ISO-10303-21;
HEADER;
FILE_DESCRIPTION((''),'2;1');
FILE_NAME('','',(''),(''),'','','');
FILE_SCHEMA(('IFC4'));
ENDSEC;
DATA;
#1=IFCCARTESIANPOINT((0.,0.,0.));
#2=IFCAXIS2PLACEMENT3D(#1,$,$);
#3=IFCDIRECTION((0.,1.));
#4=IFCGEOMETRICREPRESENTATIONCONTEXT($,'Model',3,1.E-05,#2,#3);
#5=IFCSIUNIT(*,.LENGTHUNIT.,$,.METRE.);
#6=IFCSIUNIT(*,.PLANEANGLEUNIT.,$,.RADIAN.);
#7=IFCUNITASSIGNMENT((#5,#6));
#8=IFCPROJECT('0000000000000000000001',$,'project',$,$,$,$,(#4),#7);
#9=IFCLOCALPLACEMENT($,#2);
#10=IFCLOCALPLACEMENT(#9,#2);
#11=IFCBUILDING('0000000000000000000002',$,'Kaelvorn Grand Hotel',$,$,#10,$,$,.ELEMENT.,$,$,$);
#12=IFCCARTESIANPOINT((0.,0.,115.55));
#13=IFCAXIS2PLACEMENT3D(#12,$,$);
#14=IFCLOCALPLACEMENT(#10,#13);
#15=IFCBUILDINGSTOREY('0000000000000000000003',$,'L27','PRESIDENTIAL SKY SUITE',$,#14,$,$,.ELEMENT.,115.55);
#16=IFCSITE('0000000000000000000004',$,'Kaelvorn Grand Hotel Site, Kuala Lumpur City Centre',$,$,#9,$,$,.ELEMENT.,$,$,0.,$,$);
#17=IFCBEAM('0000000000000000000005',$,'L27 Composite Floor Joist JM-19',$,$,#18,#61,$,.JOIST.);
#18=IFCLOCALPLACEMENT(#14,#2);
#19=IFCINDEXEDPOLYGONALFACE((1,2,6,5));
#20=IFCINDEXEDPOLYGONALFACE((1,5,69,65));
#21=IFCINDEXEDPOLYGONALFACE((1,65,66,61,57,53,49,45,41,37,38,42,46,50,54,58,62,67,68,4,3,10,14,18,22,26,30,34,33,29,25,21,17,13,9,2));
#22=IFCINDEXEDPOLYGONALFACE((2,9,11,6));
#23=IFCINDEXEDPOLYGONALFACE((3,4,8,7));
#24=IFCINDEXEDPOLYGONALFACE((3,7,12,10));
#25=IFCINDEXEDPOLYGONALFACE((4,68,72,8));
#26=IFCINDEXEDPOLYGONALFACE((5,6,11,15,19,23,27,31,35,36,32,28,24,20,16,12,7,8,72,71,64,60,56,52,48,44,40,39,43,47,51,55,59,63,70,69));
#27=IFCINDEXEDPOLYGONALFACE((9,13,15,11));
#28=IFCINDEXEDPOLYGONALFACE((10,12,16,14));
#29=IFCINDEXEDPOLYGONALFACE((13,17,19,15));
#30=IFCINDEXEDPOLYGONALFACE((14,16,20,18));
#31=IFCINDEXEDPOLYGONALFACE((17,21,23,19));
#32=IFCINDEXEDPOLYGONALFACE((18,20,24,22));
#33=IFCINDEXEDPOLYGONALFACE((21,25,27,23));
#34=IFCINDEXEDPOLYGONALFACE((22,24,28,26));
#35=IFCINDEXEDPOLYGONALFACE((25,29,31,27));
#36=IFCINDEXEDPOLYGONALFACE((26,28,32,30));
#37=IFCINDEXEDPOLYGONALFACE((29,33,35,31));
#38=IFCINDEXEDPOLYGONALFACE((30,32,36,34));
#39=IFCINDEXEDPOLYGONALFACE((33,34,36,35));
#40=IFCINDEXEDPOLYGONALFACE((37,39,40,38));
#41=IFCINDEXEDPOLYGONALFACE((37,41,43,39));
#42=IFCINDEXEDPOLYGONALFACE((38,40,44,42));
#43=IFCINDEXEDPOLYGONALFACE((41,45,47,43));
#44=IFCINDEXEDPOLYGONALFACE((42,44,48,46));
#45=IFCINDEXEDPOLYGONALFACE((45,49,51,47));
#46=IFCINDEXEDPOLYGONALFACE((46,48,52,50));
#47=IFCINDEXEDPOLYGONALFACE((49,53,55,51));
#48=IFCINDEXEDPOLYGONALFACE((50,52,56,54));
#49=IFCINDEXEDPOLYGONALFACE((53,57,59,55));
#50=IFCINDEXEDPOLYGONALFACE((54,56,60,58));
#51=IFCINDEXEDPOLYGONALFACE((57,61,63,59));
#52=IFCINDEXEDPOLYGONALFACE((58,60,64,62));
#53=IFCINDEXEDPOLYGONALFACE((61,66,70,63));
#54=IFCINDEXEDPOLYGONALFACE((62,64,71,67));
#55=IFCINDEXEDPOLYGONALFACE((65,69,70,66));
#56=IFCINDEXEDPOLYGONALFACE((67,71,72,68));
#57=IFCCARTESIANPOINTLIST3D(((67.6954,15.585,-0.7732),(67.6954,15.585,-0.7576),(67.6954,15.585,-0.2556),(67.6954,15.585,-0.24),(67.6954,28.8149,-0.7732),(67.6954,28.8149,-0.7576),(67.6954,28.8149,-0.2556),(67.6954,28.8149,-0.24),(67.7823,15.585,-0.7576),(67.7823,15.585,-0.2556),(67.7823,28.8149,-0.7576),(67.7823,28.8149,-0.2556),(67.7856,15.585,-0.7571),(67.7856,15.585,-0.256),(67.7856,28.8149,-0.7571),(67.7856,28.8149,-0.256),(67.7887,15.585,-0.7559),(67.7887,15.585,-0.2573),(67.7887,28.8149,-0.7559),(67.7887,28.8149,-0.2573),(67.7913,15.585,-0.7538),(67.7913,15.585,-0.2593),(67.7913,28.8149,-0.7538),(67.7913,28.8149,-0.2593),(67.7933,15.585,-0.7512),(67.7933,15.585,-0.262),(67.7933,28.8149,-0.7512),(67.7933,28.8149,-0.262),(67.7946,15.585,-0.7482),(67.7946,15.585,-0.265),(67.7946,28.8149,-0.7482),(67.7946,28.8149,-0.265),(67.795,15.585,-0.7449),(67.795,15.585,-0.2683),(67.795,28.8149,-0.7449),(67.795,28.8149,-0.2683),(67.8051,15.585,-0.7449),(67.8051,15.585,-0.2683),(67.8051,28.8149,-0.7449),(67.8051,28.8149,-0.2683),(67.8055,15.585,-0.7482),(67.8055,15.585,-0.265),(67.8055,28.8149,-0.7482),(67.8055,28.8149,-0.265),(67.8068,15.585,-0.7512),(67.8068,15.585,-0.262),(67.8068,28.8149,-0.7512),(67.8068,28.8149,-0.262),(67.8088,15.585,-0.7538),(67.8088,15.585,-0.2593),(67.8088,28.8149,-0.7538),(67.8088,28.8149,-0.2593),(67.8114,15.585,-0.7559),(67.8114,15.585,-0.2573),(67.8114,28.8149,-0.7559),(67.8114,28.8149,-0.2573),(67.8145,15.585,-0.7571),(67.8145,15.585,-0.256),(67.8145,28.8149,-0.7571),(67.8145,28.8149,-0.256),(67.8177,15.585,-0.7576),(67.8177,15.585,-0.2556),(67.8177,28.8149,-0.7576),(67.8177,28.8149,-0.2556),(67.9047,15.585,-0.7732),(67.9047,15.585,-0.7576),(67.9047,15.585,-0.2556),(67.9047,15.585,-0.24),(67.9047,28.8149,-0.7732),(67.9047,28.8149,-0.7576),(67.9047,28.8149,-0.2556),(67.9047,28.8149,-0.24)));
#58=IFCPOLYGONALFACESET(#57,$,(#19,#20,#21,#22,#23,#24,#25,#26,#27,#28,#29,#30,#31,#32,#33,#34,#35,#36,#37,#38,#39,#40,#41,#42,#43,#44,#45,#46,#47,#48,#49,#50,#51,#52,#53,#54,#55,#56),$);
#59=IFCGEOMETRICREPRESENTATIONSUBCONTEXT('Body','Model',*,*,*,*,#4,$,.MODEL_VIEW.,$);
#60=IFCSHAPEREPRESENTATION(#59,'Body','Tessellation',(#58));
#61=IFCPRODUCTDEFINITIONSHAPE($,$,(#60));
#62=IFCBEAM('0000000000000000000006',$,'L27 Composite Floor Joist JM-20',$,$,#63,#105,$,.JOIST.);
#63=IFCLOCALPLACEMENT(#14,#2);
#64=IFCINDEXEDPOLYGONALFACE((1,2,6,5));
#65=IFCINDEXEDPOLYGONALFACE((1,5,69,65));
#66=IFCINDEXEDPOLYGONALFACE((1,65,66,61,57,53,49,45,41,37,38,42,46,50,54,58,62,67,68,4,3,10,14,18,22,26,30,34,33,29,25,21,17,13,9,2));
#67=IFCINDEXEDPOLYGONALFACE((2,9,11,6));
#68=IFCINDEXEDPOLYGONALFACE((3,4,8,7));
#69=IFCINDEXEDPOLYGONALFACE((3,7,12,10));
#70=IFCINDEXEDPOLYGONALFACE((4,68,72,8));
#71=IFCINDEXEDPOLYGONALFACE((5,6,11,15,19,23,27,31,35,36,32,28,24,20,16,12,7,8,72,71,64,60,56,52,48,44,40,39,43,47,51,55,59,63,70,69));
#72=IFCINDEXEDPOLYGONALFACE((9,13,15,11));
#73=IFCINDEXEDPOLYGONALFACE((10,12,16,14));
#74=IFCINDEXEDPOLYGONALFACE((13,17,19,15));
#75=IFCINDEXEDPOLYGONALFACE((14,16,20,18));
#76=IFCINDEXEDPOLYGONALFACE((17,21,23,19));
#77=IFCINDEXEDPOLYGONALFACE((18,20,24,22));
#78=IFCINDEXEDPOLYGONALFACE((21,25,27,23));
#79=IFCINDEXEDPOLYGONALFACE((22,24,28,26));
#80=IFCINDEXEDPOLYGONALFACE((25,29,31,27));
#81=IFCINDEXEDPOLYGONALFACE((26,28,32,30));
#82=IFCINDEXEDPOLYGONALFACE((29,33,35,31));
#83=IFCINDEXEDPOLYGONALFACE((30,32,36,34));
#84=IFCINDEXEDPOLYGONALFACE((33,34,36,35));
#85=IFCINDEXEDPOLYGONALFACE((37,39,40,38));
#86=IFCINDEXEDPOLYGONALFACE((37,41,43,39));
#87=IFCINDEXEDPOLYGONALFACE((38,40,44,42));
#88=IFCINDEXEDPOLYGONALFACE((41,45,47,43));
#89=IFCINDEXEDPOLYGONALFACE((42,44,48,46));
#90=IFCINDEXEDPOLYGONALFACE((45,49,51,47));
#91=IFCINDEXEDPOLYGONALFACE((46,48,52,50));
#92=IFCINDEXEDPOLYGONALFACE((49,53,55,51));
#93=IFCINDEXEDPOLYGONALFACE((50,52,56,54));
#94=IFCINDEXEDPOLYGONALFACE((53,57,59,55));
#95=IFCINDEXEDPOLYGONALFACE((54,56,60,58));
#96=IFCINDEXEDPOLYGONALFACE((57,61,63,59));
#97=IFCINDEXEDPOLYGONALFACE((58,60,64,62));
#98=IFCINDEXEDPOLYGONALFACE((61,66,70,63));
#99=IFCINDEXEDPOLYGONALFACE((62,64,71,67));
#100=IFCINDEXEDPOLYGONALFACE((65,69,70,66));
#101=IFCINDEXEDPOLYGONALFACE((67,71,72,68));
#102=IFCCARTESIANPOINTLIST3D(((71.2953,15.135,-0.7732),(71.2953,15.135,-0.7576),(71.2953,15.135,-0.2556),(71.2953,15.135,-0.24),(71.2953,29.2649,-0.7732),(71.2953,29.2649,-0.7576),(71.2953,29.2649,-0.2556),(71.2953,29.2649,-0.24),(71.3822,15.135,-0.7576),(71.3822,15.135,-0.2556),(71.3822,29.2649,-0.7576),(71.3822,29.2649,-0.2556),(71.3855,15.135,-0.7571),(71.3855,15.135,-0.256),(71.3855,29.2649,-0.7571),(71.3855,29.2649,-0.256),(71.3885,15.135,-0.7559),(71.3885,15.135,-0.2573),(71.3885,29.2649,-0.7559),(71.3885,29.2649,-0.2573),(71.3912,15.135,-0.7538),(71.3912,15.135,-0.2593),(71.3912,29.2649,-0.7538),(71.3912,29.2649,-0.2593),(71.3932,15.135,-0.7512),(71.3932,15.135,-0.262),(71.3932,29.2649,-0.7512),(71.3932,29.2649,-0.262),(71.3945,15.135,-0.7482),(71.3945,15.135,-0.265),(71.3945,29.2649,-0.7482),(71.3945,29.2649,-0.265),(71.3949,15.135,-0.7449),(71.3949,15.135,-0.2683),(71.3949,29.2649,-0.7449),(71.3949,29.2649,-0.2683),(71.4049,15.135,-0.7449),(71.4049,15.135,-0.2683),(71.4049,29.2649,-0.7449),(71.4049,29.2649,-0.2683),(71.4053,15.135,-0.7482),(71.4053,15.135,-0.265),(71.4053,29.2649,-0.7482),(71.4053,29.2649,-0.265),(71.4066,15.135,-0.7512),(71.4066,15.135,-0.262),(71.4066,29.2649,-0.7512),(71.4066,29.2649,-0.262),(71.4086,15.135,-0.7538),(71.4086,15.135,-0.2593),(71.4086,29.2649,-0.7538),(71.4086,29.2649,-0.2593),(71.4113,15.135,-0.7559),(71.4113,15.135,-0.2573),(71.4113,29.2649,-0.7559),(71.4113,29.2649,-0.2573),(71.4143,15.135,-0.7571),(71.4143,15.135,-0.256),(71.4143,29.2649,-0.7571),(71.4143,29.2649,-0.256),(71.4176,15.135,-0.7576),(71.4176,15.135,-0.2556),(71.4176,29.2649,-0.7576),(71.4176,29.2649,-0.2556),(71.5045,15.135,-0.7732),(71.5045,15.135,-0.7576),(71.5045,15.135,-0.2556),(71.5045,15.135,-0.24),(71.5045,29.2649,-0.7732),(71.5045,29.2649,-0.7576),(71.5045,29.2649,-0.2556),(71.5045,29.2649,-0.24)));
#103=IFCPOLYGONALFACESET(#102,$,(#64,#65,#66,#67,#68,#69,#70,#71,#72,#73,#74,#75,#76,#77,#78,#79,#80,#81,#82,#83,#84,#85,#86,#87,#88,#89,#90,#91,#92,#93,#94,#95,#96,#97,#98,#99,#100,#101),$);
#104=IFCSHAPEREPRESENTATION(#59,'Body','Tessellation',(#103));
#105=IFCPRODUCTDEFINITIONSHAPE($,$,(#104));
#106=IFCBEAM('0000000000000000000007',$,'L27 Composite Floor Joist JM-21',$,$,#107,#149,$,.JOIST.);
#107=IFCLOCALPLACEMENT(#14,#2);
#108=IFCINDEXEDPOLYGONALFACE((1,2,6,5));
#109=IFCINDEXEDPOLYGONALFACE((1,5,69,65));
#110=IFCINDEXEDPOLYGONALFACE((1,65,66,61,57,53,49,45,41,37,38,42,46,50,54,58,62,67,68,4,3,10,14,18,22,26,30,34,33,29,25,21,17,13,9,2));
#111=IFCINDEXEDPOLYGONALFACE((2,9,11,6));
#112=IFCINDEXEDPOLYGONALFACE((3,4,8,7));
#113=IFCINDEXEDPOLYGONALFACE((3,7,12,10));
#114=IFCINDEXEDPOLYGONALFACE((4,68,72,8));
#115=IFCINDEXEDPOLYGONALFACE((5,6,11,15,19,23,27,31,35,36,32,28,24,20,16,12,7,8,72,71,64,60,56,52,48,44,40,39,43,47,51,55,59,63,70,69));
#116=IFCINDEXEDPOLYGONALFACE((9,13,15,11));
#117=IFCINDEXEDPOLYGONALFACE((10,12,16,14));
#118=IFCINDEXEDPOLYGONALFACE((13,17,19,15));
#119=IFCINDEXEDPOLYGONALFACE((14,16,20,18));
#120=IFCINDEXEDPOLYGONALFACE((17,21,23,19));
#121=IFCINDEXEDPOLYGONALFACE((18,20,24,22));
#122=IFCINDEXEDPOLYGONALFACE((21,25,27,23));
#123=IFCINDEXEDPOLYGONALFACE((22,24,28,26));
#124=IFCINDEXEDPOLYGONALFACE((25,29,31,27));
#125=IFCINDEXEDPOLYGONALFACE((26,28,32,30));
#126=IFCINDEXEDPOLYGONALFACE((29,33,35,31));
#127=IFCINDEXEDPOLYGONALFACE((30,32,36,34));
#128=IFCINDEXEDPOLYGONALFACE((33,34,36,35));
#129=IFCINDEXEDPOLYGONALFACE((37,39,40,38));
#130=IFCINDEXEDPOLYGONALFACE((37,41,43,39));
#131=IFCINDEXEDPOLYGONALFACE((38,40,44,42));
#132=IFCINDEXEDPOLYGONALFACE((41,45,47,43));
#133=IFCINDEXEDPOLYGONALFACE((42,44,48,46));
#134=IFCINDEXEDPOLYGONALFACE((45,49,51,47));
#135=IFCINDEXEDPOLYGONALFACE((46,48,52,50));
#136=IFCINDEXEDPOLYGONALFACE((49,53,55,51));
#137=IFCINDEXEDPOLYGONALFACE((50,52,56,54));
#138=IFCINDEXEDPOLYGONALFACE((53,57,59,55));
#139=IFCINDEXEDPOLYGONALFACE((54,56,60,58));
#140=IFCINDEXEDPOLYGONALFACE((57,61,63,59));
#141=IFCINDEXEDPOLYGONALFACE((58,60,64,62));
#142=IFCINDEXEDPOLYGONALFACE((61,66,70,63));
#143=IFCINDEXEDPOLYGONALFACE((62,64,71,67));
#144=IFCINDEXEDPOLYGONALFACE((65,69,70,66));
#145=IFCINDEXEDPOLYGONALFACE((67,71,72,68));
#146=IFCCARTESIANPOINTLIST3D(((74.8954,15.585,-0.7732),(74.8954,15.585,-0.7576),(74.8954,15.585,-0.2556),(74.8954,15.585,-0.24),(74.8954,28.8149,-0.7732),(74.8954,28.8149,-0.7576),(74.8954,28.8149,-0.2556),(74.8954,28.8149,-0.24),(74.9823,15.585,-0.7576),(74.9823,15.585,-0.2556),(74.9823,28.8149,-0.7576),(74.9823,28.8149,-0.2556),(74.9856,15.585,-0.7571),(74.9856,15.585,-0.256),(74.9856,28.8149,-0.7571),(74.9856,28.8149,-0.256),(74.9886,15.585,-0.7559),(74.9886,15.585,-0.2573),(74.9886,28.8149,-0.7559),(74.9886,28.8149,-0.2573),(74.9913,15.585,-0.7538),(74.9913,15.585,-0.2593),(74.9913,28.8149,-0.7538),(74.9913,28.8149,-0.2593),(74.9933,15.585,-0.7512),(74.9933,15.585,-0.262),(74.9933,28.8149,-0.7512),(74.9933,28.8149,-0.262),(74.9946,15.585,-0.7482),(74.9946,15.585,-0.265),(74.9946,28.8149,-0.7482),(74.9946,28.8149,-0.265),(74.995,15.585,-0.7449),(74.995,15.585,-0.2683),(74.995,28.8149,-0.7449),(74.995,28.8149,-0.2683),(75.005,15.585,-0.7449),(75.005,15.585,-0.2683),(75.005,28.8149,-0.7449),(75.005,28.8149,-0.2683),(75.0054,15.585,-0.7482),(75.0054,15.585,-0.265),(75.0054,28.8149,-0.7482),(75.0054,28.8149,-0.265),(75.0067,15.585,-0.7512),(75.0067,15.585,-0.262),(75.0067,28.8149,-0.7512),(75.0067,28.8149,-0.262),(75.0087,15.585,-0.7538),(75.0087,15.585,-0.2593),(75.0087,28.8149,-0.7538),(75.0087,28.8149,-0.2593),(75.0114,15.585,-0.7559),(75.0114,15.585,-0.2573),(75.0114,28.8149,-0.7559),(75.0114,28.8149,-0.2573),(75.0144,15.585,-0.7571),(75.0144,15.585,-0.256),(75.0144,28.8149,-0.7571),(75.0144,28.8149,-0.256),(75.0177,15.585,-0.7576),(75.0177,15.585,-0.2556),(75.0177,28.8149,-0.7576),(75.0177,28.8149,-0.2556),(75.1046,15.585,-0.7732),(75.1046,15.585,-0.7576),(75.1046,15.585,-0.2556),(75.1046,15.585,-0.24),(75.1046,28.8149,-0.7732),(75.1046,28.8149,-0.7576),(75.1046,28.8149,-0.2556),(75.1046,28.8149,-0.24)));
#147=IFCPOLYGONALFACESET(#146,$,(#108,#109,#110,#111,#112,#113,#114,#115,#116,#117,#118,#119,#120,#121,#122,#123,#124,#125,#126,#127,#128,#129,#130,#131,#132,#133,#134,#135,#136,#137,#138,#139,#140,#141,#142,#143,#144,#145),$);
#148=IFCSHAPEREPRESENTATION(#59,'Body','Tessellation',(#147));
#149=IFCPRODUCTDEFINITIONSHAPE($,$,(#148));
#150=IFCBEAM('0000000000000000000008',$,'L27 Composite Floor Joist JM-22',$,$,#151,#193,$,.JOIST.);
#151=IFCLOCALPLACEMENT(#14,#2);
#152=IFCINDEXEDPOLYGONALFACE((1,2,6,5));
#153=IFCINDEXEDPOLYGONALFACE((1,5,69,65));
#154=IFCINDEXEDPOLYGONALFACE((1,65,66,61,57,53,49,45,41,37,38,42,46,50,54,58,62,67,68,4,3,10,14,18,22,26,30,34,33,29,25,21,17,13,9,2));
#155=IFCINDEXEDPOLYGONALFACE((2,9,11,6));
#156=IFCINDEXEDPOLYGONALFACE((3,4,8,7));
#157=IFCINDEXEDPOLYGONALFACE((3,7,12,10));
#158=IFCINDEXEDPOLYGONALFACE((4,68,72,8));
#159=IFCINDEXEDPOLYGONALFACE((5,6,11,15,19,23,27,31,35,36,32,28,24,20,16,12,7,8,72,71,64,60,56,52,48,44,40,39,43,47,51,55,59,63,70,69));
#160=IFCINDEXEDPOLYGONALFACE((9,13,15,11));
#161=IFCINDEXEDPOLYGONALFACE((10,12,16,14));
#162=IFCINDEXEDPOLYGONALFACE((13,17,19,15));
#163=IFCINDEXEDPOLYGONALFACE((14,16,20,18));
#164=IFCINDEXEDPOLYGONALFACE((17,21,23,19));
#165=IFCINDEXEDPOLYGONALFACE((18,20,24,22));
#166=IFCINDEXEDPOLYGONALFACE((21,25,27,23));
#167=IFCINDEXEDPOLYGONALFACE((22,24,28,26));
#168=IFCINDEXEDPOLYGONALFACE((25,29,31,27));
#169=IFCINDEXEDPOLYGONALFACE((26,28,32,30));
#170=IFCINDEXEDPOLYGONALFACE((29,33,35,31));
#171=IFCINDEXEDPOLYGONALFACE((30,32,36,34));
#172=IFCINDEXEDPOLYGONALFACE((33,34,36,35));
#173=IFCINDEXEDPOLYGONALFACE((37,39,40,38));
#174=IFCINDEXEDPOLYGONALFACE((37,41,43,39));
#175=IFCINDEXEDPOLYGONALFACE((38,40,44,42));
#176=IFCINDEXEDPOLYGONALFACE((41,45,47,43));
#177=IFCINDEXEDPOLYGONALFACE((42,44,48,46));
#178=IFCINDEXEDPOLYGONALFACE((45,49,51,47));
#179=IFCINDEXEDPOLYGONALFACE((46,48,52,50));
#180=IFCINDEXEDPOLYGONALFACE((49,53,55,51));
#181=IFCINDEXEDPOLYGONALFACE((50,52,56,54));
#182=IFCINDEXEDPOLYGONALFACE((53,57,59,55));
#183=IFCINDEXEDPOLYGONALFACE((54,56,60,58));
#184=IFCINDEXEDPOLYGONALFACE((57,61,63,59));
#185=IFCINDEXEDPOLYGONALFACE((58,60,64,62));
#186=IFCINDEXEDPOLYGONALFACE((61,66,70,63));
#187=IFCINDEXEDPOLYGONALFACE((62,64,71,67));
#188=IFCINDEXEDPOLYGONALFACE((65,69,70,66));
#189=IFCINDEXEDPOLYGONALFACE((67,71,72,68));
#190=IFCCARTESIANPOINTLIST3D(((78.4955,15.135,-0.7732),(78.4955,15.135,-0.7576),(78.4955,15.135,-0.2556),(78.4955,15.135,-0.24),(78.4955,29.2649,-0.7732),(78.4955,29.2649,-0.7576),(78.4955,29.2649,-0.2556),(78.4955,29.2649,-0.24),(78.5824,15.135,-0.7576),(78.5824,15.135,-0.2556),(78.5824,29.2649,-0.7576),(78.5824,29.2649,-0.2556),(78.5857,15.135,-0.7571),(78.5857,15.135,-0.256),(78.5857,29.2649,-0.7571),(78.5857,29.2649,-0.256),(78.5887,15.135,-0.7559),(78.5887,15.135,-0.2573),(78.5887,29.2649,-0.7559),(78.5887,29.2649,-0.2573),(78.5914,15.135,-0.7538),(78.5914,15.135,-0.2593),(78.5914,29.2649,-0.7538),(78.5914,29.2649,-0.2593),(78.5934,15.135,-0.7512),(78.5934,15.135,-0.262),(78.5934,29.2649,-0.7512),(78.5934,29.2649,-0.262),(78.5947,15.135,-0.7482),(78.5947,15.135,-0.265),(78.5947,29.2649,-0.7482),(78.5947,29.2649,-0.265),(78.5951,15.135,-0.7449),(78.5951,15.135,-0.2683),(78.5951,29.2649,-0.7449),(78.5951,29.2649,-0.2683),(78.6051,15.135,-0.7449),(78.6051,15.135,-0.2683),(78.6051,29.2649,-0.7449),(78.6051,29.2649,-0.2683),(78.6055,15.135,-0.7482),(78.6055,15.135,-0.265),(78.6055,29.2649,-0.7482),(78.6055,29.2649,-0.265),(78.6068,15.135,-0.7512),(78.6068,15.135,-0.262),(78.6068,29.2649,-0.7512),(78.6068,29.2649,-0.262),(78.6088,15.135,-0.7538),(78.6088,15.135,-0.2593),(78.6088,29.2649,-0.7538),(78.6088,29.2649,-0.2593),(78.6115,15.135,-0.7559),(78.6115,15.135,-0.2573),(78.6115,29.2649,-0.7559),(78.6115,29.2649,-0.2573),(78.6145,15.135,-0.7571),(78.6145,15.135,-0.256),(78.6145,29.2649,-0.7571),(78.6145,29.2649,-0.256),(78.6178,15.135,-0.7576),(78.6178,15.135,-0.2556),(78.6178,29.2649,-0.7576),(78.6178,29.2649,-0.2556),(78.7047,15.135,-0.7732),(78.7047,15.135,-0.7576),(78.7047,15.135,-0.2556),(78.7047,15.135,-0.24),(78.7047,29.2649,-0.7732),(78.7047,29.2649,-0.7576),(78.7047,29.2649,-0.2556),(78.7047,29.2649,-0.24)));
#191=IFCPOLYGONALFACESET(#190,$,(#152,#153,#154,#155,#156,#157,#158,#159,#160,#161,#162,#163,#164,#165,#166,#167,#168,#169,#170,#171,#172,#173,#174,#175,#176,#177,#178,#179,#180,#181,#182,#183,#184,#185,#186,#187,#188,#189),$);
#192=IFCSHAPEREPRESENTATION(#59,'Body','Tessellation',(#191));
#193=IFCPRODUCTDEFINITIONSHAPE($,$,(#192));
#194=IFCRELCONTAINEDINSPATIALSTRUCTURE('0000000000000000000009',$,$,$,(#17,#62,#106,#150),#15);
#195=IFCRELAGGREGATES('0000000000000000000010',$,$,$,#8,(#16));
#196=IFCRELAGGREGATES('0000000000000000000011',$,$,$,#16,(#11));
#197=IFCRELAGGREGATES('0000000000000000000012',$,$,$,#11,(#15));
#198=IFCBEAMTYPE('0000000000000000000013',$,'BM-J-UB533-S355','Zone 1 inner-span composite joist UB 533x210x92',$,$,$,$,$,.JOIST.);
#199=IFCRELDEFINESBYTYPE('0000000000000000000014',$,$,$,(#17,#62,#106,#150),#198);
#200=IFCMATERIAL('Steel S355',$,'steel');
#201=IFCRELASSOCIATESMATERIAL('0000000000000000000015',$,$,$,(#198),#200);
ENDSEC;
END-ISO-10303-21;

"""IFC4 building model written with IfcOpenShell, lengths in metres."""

from ifc_helpers import new_model, si_unit, direction, frame, origin, origin_2d, place, context, subcontext, project, spatial, i_section, extrude, material, material_profile, profile_set, type_object, element, save


model = new_model("IFC4")

# Units and contexts
model_context = context("Model", 3, precision=1e-05, world=origin(), true_north=direction((0.0, 1.0)))
body_context = subcontext(model_context, "Body", "Model", "MODEL_VIEW")
ifc_project = project(units=[si_unit("LENGTHUNIT", "METRE"), si_unit("PLANEANGLEUNIT", "RADIAN")], contexts=[model_context])

# Site, building, storey
site_placement = place(None, origin())
site = spatial("IfcSite", under=ifc_project, at=site_placement, Name="Kaelvorn Grand Hotel Site, Kuala Lumpur City Centre", CompositionType="ELEMENT", RefElevation=0.0)
building_placement = place(site_placement, origin())
building = spatial("IfcBuilding", under=site, at=building_placement, Name="Kaelvorn Grand Hotel", CompositionType="ELEMENT")
storey_placement = place(building_placement, frame((0.0, 0.0, 115.55)))
storey = spatial("IfcBuildingStorey", under=building, at=storey_placement, Name="L27", Description="PRESIDENTIAL SKY SUITE", CompositionType="ELEMENT", Elevation=115.55)

# Beams
ifc_material_1 = material(Name="Steel S355", Category="steel")
ifc_material_profile_1 = material_profile(ifc_material_1, i_section(OverallWidth=0.2092, OverallDepth=0.5332, WebThickness=0.01, FlangeThickness=0.0156, FilletRadius=0.0127, at=origin_2d()), Name="UB 533x210x92")
ifc_profile_set_1 = profile_set([ifc_material_profile_1], Name="Steel S355")
beam_type_1 = type_object("IfcBeamType", Name="BM-J-UB533-S355", Description="Zone 1 inner-span composite joist UB 533x210x92", PredefinedType="JOIST", material=ifc_profile_set_1)
beam_1_placement = place(storey_placement, frame((67.8, 15.585, -0.5066), z_axis=(0.0, 1.0, 0.0), x_axis=(-1.0, 0.0, 0.0)))
element("IfcBeam", 1, at=beam_1_placement, inside=storey, type_object=beam_type_1, Name="L27 Composite Floor Joist JM-19", PredefinedType="JOIST", context=body_context, shape_type="SweptSolid", body=[
    extrude(i_section(OverallWidth=0.2092, OverallDepth=0.5332, WebThickness=0.01, FlangeThickness=0.0156, FilletRadius=0.0127, at=origin_2d()), origin(), (0.0, 0.0, 1.0), 13.23),
])
beam_2_placement = place(storey_placement, frame((71.3999, 15.135, -0.5066), z_axis=(0.0, 1.0, 0.0), x_axis=(-1.0, 0.0, 0.0)))
element("IfcBeam", 2, at=beam_2_placement, inside=storey, type_object=beam_type_1, Name="L27 Composite Floor Joist JM-20", PredefinedType="JOIST", context=body_context, shape_type="SweptSolid", body=[
    extrude(i_section(OverallWidth=0.2092, OverallDepth=0.5332, WebThickness=0.01, FlangeThickness=0.0156, FilletRadius=0.0127, at=origin_2d()), origin(), (0.0, 0.0, 1.0), 14.1299),
])
beam_3_placement = place(storey_placement, frame((75.0, 15.585, -0.5066), z_axis=(0.0, 1.0, 0.0), x_axis=(-1.0, 0.0, 0.0)))
element("IfcBeam", 3, at=beam_3_placement, inside=storey, type_object=beam_type_1, Name="L27 Composite Floor Joist JM-21", PredefinedType="JOIST", context=body_context, shape_type="SweptSolid", body=[
    extrude(i_section(OverallWidth=0.2092, OverallDepth=0.5332, WebThickness=0.01, FlangeThickness=0.0156, FilletRadius=0.0127, at=origin_2d()), origin(), (0.0, 0.0, 1.0), 13.23),
])
beam_4_placement = place(storey_placement, frame((78.6001, 15.135, -0.5066), z_axis=(0.0, 1.0, 0.0), x_axis=(-1.0, 0.0, 0.0)))
element("IfcBeam", 4, at=beam_4_placement, inside=storey, type_object=beam_type_1, Name="L27 Composite Floor Joist JM-22", PredefinedType="JOIST", context=body_context, shape_type="SweptSolid", body=[
    extrude(i_section(OverallWidth=0.2092, OverallDepth=0.5332, WebThickness=0.01, FlangeThickness=0.0156, FilletRadius=0.0127, at=origin_2d()), origin(), (0.0, 0.0, 1.0), 14.1299),
])

save(model, "model.ifc")
